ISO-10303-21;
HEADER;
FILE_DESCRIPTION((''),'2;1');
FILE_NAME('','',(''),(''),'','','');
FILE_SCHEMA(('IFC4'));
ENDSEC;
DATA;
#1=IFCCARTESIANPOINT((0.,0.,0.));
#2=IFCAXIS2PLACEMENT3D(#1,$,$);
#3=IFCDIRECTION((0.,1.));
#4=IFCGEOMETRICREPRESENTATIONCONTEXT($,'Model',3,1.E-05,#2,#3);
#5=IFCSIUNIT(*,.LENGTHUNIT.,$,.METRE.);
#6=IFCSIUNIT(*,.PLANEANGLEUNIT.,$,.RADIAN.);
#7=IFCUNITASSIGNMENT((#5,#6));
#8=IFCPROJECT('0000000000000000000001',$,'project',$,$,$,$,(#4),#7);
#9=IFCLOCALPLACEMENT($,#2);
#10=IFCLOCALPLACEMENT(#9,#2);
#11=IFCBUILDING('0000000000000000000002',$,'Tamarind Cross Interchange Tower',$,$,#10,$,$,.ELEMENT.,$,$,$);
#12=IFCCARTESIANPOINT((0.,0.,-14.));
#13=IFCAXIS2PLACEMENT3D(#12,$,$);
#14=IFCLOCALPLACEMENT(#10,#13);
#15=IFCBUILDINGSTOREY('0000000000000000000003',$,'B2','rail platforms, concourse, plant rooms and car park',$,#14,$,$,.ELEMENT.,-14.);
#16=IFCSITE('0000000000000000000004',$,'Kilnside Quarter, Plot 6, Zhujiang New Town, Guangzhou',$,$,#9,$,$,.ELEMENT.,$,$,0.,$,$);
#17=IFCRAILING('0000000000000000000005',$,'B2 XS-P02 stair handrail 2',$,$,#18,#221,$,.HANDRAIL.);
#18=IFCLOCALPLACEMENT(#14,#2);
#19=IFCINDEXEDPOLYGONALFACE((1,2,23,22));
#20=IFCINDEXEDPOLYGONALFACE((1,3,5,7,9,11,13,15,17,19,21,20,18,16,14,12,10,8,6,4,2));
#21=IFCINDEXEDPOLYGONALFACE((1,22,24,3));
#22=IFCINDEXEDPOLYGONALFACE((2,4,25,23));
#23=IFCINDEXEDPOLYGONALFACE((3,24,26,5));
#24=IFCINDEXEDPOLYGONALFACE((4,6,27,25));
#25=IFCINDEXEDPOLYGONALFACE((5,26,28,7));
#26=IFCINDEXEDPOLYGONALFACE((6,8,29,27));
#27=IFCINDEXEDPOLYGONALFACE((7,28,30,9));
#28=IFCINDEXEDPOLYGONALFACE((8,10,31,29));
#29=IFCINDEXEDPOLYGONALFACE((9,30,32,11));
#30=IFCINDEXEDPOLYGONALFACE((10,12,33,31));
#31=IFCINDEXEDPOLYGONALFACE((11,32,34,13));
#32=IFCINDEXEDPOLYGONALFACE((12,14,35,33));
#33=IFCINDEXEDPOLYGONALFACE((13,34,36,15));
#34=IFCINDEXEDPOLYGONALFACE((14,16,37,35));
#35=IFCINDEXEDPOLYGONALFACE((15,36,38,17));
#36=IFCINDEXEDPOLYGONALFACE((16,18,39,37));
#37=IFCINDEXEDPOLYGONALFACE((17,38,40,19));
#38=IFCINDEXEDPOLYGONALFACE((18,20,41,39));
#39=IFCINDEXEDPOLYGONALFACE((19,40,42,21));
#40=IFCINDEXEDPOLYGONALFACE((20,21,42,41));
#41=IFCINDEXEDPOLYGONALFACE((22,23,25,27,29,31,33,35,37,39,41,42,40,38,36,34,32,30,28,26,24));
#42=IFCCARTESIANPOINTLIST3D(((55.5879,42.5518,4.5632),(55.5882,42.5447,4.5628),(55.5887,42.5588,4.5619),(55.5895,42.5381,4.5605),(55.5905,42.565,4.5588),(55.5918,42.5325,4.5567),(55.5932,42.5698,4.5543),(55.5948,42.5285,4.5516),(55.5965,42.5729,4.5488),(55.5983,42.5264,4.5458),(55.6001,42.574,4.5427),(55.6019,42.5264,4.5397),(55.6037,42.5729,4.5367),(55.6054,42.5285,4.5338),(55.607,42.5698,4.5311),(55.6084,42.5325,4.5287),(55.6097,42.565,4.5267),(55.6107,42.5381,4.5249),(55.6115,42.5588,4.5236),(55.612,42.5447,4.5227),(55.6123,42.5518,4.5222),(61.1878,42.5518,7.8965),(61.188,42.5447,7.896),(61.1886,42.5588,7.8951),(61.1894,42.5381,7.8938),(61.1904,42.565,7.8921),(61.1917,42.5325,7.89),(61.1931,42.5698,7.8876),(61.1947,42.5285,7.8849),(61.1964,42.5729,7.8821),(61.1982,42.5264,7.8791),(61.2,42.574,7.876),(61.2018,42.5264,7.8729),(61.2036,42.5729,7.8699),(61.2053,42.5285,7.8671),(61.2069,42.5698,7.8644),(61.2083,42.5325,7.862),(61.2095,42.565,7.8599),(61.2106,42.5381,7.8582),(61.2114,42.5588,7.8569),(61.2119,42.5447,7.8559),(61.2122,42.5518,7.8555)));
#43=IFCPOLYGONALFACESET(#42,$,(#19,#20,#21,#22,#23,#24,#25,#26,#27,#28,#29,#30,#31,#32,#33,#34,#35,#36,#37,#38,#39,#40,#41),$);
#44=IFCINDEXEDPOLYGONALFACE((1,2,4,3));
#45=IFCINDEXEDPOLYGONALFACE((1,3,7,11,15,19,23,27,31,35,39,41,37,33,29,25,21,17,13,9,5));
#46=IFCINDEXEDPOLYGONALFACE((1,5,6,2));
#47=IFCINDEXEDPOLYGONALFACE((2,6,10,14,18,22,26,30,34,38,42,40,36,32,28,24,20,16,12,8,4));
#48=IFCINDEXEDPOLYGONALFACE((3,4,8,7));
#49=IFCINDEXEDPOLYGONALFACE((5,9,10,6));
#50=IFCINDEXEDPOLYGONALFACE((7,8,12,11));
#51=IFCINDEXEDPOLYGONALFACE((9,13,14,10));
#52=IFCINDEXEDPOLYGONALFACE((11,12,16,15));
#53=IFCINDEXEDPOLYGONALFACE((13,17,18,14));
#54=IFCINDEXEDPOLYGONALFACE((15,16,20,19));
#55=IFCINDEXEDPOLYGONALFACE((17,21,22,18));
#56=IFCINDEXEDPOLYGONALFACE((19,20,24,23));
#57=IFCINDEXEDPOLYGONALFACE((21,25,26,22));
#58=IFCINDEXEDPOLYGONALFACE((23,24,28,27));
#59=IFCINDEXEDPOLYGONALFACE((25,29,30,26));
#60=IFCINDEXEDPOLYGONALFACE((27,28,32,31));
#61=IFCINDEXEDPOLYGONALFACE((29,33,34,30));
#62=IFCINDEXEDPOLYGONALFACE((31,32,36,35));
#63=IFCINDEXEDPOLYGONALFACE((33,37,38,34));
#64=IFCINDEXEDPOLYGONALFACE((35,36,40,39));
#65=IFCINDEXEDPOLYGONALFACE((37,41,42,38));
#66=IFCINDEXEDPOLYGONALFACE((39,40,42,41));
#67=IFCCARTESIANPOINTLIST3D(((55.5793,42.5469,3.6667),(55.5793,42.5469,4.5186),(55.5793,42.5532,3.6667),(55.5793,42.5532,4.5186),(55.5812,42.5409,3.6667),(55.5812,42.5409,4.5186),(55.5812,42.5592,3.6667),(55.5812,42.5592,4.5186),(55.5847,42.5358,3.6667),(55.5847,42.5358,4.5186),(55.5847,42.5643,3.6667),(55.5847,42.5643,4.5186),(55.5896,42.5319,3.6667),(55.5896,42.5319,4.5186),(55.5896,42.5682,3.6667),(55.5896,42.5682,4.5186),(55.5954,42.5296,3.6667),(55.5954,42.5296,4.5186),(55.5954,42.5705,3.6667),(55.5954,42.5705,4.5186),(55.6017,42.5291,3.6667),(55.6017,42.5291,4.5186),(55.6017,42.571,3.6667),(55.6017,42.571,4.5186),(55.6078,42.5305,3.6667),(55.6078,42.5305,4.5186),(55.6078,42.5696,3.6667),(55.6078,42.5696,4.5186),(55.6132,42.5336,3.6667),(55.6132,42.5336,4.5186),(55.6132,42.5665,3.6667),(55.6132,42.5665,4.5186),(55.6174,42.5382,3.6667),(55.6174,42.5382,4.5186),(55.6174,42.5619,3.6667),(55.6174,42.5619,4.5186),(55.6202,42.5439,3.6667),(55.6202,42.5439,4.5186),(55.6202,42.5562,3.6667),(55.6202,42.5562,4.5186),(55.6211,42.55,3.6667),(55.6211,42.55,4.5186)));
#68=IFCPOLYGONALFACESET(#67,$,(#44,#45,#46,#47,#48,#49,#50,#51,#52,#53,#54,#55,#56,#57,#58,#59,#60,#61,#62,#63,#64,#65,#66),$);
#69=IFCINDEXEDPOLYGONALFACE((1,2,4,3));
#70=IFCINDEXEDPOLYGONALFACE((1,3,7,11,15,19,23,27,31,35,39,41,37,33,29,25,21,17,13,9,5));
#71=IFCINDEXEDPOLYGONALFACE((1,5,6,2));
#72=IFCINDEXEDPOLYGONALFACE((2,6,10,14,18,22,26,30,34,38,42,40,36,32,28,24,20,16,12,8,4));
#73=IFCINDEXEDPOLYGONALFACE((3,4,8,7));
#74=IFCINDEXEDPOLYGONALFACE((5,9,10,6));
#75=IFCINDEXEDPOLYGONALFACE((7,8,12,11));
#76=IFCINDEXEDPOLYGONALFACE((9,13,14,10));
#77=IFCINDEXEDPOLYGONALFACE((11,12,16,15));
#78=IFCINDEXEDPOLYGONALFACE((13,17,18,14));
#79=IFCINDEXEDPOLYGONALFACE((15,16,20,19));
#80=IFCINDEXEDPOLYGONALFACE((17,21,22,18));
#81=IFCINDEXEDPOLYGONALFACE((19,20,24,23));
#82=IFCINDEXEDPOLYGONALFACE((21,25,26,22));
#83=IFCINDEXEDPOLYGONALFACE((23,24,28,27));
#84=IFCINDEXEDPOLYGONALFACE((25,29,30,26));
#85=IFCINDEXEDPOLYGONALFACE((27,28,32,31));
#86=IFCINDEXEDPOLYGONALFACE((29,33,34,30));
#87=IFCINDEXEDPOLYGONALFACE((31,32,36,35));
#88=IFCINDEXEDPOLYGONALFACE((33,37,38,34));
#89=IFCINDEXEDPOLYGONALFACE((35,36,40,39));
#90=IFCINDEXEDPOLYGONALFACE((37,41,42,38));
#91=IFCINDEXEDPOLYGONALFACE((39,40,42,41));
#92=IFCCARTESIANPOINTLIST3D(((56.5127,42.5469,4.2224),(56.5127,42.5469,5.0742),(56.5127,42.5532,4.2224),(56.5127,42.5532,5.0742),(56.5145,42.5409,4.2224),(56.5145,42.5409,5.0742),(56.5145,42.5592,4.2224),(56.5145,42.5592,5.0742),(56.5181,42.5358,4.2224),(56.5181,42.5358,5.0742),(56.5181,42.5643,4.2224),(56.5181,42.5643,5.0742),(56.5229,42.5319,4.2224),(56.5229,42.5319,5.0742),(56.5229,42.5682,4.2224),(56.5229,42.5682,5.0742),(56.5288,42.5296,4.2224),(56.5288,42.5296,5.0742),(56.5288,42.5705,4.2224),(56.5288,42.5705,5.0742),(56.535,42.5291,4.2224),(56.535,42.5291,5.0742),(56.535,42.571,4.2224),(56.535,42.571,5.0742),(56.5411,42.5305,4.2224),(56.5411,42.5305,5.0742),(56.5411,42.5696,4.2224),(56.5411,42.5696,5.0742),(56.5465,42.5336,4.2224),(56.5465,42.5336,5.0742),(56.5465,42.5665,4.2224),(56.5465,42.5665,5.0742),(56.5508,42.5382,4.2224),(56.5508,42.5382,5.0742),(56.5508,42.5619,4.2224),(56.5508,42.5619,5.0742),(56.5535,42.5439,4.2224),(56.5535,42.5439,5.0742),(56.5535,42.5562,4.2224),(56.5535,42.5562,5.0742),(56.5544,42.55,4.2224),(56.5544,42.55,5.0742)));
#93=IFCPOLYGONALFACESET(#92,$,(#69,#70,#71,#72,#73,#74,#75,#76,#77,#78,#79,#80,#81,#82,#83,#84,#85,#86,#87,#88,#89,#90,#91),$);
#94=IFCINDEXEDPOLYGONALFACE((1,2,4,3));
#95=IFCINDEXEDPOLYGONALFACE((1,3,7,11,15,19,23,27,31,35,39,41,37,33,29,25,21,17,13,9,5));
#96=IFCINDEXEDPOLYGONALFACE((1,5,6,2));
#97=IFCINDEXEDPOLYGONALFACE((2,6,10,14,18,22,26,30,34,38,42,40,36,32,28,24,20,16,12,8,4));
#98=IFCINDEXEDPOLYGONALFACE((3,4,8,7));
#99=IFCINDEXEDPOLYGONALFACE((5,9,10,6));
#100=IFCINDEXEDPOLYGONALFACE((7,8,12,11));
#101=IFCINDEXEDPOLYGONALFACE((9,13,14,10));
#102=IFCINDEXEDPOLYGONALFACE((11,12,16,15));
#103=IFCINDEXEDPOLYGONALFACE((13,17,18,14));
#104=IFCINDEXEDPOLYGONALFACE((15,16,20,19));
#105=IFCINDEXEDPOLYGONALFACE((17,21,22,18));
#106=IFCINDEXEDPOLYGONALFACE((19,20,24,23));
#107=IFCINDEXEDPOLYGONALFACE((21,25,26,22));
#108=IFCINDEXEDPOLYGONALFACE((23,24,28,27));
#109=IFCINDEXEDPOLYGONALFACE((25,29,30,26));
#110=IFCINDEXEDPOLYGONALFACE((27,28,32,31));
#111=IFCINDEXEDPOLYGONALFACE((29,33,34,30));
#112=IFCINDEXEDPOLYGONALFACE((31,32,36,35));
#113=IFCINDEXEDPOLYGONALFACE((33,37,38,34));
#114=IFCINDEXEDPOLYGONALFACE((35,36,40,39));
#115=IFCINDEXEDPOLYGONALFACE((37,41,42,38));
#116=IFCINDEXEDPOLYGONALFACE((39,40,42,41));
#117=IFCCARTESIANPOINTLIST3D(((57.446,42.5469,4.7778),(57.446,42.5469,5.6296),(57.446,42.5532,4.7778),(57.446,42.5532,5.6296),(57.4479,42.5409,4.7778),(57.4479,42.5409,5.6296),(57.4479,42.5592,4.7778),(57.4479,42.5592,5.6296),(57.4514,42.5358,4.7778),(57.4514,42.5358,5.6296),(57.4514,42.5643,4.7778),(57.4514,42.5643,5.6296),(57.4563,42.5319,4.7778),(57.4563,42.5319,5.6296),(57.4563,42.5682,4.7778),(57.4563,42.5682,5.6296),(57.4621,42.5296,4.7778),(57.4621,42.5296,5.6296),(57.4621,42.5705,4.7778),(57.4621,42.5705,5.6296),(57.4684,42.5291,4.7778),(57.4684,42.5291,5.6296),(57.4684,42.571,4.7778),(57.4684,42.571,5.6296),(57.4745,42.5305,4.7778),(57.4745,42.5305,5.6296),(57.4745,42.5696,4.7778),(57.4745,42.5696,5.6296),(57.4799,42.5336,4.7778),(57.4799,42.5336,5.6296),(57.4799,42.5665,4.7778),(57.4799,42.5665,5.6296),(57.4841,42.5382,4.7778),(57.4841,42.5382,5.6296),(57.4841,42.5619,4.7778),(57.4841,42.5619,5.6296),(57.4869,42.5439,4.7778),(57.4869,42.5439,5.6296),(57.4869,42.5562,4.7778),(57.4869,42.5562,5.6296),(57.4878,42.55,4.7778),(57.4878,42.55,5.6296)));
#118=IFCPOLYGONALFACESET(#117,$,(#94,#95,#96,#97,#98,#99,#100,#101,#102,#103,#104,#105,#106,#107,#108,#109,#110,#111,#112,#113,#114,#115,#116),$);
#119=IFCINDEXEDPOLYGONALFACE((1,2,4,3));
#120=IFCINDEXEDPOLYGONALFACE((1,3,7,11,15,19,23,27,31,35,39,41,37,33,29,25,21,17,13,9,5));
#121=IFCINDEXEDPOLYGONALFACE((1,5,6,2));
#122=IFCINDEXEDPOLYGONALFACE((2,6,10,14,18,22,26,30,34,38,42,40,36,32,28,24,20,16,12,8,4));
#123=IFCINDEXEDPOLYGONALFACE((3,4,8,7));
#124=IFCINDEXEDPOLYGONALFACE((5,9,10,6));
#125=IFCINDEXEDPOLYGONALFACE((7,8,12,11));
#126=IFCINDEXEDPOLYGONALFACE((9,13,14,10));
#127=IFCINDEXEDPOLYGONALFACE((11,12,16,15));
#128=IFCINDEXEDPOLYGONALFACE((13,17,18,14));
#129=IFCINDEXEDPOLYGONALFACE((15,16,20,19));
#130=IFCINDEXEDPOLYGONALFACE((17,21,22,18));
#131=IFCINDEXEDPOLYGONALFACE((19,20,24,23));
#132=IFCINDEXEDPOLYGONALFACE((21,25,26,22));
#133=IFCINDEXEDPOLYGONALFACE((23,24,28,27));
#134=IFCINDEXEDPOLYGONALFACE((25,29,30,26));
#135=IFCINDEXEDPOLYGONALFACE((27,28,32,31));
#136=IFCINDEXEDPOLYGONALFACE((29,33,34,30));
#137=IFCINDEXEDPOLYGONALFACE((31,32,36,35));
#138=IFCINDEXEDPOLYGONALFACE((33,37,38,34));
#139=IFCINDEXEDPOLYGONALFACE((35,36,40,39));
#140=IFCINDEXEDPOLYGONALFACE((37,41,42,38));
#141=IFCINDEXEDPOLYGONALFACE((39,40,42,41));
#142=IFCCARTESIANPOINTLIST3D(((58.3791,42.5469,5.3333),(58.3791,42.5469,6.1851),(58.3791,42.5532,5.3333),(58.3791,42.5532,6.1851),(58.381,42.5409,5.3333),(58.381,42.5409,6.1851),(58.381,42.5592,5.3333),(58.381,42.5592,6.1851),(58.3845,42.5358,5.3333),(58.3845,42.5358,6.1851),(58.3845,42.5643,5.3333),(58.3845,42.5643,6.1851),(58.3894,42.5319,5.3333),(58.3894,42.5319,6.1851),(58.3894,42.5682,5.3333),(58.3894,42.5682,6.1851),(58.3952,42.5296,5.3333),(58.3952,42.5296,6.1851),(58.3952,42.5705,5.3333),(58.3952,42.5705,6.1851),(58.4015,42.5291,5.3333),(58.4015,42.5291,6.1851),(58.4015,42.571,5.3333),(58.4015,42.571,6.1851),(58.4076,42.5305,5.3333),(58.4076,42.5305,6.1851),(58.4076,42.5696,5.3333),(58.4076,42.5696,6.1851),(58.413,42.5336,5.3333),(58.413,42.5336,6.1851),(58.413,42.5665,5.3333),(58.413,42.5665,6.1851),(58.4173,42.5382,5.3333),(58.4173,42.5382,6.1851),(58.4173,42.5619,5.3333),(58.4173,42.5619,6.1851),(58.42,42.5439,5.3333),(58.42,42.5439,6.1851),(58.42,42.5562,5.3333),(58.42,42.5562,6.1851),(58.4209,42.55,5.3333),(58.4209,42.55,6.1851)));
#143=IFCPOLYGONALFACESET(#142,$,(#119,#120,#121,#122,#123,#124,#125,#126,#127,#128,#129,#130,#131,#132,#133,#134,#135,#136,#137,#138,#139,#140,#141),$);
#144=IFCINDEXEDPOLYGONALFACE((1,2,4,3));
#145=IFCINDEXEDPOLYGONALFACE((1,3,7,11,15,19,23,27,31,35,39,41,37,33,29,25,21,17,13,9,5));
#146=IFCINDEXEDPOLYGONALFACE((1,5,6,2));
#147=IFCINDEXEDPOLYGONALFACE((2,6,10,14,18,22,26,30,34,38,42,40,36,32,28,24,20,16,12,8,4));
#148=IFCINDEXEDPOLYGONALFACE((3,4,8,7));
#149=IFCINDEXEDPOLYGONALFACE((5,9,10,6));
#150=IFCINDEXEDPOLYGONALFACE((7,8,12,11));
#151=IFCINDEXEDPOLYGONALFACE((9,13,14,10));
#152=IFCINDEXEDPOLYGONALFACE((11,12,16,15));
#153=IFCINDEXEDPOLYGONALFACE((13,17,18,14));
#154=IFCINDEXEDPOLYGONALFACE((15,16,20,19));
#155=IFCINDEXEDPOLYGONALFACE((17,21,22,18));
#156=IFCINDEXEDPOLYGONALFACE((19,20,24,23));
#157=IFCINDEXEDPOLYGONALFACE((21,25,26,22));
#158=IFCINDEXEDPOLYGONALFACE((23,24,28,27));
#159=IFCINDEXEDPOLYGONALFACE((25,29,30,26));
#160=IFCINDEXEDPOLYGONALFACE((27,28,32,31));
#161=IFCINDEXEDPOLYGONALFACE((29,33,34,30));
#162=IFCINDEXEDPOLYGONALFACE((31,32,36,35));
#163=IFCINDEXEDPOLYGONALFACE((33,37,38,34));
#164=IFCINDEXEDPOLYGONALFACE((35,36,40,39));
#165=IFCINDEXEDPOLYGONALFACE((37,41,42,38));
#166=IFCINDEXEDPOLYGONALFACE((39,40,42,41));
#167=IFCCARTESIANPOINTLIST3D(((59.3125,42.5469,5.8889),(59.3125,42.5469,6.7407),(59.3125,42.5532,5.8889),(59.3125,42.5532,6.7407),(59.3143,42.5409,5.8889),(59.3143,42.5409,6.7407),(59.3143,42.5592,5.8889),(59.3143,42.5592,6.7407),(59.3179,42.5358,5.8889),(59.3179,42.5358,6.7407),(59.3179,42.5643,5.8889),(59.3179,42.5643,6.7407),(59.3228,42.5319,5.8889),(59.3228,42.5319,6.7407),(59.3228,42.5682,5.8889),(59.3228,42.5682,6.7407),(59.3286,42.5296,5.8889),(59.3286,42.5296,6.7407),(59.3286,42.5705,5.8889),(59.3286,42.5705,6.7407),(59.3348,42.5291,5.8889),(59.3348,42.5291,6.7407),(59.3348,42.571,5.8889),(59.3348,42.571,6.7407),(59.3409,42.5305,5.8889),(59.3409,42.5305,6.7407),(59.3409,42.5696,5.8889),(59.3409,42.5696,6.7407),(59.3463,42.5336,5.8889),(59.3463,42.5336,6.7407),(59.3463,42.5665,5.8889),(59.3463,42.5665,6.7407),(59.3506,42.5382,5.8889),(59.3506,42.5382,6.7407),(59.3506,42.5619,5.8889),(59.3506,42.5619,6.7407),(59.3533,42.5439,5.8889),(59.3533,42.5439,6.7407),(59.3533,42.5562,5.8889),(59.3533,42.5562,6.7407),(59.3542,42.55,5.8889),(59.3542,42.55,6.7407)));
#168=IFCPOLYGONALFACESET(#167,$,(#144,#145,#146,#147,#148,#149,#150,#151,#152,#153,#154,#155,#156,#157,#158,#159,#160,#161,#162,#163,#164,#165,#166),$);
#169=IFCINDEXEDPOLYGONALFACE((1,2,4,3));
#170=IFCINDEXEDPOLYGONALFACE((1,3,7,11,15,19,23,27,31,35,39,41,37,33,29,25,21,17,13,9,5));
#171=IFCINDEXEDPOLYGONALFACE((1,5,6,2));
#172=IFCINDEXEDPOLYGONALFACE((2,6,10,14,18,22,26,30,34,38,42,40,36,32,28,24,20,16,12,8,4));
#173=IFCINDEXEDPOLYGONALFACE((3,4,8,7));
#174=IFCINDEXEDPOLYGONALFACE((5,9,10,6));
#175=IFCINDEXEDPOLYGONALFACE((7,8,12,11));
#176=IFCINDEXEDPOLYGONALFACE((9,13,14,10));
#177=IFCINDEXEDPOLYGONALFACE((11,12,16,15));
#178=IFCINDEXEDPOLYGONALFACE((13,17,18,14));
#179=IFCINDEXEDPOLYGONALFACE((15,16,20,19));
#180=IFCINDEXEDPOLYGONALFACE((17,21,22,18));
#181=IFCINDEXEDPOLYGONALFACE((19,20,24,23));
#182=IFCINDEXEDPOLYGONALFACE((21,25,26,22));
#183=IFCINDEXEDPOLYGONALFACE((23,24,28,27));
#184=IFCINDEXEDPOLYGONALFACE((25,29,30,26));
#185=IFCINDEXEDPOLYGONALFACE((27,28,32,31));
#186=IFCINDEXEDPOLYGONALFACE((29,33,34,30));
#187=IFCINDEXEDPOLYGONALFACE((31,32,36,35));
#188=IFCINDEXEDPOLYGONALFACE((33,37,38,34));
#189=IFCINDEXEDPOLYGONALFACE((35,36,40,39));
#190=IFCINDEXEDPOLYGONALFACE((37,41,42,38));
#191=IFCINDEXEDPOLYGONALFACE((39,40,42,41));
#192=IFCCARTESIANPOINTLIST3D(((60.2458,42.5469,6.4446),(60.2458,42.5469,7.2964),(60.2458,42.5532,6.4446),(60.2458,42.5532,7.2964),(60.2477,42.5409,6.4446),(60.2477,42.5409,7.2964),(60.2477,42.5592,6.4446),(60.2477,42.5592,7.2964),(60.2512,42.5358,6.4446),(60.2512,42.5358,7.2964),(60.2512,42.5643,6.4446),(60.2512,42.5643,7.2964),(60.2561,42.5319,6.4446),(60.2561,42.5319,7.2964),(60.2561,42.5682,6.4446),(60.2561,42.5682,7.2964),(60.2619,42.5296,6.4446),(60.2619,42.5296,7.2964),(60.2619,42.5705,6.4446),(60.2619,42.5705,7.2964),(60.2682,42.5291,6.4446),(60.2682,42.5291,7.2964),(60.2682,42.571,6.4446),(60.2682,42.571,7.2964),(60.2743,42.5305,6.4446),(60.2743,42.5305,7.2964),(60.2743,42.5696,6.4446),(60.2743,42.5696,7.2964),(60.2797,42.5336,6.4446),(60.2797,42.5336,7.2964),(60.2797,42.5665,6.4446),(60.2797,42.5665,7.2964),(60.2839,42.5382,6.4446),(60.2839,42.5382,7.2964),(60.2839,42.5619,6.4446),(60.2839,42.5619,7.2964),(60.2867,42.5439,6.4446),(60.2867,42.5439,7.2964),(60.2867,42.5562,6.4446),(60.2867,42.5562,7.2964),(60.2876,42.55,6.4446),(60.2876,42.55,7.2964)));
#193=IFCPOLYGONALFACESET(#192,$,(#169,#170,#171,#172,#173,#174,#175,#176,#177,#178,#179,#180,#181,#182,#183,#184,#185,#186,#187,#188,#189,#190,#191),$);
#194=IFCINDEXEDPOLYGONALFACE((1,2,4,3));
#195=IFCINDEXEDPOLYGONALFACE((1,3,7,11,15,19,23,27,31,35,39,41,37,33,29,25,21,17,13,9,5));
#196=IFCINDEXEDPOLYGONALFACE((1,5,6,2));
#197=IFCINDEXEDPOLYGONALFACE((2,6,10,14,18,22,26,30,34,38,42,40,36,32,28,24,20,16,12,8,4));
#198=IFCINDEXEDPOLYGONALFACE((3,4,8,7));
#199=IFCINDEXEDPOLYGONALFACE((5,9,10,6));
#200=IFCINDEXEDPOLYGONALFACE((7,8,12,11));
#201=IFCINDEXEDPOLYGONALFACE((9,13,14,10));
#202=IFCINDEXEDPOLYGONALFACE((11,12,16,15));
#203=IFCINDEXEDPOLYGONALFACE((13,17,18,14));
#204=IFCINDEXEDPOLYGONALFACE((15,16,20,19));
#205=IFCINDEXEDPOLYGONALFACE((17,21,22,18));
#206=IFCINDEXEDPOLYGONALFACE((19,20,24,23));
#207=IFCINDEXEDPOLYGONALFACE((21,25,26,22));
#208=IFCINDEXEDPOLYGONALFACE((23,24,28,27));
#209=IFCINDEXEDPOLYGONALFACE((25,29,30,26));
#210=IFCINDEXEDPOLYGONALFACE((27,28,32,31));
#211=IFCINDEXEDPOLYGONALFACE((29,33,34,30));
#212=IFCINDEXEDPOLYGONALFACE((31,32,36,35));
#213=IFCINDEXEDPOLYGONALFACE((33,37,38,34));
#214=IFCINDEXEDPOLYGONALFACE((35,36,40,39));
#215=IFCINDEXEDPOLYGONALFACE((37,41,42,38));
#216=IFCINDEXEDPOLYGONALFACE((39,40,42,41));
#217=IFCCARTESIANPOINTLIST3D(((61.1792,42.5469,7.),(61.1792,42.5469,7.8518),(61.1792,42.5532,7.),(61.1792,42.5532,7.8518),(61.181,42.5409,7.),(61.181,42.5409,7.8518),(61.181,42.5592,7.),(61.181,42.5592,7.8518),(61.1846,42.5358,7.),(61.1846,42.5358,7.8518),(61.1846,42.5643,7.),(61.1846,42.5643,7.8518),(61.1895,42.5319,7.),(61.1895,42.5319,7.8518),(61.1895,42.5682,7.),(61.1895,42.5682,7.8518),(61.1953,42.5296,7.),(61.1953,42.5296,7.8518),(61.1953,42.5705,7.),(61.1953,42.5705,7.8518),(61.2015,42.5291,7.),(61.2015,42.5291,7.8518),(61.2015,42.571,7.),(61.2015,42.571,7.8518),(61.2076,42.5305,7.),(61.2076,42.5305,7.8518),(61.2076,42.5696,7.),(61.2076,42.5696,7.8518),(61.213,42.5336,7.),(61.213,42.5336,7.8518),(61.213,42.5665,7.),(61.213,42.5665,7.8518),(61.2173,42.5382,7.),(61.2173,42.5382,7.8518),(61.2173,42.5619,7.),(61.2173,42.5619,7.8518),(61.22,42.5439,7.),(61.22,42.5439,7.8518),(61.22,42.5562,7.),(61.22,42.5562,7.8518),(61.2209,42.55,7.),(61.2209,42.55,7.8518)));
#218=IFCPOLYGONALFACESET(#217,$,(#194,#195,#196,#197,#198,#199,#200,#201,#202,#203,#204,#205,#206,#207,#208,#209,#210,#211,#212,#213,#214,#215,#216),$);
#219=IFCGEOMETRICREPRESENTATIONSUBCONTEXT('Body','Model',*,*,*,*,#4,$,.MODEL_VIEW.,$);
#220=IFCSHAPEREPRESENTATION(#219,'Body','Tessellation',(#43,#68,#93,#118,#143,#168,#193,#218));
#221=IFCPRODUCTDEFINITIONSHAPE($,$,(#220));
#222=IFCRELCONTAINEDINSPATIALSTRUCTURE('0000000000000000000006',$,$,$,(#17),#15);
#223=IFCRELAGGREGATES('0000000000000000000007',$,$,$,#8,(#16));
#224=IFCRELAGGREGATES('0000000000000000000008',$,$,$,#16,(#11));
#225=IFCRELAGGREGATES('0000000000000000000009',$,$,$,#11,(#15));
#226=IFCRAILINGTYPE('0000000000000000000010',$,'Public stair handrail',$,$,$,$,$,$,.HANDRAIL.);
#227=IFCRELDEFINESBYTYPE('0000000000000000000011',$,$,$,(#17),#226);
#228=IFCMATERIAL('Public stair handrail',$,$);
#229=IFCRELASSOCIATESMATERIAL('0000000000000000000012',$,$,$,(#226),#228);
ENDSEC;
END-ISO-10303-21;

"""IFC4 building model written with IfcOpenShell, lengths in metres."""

from ifc_helpers import new_model, si_unit, direction, frame, origin, origin_2d, place, context, subcontext, project, spatial, circle, extrude, material, type_object, element, save


model = new_model("IFC4")

# Units and contexts
model_context = context("Model", 3, precision=1e-05, world=origin(), true_north=direction((0.0, 1.0)))
body_context = subcontext(model_context, "Body", "Model", "MODEL_VIEW")
ifc_project = project(units=[si_unit("LENGTHUNIT", "METRE"), si_unit("PLANEANGLEUNIT", "RADIAN")], contexts=[model_context])

# Site, building, storey
site_placement = place(None, origin())
site = spatial("IfcSite", under=ifc_project, at=site_placement, Name="Kilnside Quarter, Plot 6, Zhujiang New Town, Guangzhou", CompositionType="ELEMENT", RefElevation=0.0)
building_placement = place(site_placement, origin())
building = spatial("IfcBuilding", under=site, at=building_placement, Name="Tamarind Cross Interchange Tower", CompositionType="ELEMENT")
storey_placement = place(building_placement, frame((0.0, 0.0, -14.0)))
storey = spatial("IfcBuildingStorey", under=building, at=storey_placement, Name="B2", Description="rail platforms, concourse, plant rooms and car park", CompositionType="ELEMENT", Elevation=-14.0)

# Railing
ifc_material_1 = material(Name="Public stair handrail")
railing_type_1 = type_object("IfcRailingType", Name="Public stair handrail", PredefinedType="HANDRAIL", material=ifc_material_1)
railing_1_placement = place(storey_placement, frame((55.6001, 42.55, 3.6667)))
element("IfcRailing", 1, at=railing_1_placement, inside=storey, type_object=railing_type_1, Name="B2 XS-P02 stair handrail 2", PredefinedType="HANDRAIL", context=body_context, shape_type="SweptSolid", body=[
    extrude(circle(Radius=0.0239, at=origin_2d()), frame((0.0, 0.0, 0.876), z_axis=(0.859292, 0.0, 0.511485), x_axis=(0.0, 1.0, 0.0)), (0.0, 0.0, 1.0), 6.5168),
    extrude(circle(Radius=0.021, at=origin_2d()), origin(), (0.0, 0.0, 1.0), 0.8518),
    extrude(circle(Radius=0.021, at=origin_2d()), frame((0.9333, 0.0, 0.5557)), (0.0, 0.0, 1.0), 0.8518),
    extrude(circle(Radius=0.021, at=origin_2d()), frame((1.8667, 0.0, 1.1111)), (0.0, 0.0, 1.0), 0.8518),
    extrude(circle(Radius=0.021, at=origin_2d()), frame((2.7998, 0.0, 1.6665)), (0.0, 0.0, 1.0), 0.8518),
    extrude(circle(Radius=0.021, at=origin_2d()), frame((3.7332, 0.0, 2.2222)), (0.0, 0.0, 1.0), 0.8518),
    extrude(circle(Radius=0.021, at=origin_2d()), frame((4.6665, 0.0, 2.7778)), (0.0, 0.0, 1.0), 0.8518),
    extrude(circle(Radius=0.021, at=origin_2d()), frame((5.5999, 0.0, 3.3333)), (0.0, 0.0, 1.0), 0.8518),
])

save(model, "model.ifc")
